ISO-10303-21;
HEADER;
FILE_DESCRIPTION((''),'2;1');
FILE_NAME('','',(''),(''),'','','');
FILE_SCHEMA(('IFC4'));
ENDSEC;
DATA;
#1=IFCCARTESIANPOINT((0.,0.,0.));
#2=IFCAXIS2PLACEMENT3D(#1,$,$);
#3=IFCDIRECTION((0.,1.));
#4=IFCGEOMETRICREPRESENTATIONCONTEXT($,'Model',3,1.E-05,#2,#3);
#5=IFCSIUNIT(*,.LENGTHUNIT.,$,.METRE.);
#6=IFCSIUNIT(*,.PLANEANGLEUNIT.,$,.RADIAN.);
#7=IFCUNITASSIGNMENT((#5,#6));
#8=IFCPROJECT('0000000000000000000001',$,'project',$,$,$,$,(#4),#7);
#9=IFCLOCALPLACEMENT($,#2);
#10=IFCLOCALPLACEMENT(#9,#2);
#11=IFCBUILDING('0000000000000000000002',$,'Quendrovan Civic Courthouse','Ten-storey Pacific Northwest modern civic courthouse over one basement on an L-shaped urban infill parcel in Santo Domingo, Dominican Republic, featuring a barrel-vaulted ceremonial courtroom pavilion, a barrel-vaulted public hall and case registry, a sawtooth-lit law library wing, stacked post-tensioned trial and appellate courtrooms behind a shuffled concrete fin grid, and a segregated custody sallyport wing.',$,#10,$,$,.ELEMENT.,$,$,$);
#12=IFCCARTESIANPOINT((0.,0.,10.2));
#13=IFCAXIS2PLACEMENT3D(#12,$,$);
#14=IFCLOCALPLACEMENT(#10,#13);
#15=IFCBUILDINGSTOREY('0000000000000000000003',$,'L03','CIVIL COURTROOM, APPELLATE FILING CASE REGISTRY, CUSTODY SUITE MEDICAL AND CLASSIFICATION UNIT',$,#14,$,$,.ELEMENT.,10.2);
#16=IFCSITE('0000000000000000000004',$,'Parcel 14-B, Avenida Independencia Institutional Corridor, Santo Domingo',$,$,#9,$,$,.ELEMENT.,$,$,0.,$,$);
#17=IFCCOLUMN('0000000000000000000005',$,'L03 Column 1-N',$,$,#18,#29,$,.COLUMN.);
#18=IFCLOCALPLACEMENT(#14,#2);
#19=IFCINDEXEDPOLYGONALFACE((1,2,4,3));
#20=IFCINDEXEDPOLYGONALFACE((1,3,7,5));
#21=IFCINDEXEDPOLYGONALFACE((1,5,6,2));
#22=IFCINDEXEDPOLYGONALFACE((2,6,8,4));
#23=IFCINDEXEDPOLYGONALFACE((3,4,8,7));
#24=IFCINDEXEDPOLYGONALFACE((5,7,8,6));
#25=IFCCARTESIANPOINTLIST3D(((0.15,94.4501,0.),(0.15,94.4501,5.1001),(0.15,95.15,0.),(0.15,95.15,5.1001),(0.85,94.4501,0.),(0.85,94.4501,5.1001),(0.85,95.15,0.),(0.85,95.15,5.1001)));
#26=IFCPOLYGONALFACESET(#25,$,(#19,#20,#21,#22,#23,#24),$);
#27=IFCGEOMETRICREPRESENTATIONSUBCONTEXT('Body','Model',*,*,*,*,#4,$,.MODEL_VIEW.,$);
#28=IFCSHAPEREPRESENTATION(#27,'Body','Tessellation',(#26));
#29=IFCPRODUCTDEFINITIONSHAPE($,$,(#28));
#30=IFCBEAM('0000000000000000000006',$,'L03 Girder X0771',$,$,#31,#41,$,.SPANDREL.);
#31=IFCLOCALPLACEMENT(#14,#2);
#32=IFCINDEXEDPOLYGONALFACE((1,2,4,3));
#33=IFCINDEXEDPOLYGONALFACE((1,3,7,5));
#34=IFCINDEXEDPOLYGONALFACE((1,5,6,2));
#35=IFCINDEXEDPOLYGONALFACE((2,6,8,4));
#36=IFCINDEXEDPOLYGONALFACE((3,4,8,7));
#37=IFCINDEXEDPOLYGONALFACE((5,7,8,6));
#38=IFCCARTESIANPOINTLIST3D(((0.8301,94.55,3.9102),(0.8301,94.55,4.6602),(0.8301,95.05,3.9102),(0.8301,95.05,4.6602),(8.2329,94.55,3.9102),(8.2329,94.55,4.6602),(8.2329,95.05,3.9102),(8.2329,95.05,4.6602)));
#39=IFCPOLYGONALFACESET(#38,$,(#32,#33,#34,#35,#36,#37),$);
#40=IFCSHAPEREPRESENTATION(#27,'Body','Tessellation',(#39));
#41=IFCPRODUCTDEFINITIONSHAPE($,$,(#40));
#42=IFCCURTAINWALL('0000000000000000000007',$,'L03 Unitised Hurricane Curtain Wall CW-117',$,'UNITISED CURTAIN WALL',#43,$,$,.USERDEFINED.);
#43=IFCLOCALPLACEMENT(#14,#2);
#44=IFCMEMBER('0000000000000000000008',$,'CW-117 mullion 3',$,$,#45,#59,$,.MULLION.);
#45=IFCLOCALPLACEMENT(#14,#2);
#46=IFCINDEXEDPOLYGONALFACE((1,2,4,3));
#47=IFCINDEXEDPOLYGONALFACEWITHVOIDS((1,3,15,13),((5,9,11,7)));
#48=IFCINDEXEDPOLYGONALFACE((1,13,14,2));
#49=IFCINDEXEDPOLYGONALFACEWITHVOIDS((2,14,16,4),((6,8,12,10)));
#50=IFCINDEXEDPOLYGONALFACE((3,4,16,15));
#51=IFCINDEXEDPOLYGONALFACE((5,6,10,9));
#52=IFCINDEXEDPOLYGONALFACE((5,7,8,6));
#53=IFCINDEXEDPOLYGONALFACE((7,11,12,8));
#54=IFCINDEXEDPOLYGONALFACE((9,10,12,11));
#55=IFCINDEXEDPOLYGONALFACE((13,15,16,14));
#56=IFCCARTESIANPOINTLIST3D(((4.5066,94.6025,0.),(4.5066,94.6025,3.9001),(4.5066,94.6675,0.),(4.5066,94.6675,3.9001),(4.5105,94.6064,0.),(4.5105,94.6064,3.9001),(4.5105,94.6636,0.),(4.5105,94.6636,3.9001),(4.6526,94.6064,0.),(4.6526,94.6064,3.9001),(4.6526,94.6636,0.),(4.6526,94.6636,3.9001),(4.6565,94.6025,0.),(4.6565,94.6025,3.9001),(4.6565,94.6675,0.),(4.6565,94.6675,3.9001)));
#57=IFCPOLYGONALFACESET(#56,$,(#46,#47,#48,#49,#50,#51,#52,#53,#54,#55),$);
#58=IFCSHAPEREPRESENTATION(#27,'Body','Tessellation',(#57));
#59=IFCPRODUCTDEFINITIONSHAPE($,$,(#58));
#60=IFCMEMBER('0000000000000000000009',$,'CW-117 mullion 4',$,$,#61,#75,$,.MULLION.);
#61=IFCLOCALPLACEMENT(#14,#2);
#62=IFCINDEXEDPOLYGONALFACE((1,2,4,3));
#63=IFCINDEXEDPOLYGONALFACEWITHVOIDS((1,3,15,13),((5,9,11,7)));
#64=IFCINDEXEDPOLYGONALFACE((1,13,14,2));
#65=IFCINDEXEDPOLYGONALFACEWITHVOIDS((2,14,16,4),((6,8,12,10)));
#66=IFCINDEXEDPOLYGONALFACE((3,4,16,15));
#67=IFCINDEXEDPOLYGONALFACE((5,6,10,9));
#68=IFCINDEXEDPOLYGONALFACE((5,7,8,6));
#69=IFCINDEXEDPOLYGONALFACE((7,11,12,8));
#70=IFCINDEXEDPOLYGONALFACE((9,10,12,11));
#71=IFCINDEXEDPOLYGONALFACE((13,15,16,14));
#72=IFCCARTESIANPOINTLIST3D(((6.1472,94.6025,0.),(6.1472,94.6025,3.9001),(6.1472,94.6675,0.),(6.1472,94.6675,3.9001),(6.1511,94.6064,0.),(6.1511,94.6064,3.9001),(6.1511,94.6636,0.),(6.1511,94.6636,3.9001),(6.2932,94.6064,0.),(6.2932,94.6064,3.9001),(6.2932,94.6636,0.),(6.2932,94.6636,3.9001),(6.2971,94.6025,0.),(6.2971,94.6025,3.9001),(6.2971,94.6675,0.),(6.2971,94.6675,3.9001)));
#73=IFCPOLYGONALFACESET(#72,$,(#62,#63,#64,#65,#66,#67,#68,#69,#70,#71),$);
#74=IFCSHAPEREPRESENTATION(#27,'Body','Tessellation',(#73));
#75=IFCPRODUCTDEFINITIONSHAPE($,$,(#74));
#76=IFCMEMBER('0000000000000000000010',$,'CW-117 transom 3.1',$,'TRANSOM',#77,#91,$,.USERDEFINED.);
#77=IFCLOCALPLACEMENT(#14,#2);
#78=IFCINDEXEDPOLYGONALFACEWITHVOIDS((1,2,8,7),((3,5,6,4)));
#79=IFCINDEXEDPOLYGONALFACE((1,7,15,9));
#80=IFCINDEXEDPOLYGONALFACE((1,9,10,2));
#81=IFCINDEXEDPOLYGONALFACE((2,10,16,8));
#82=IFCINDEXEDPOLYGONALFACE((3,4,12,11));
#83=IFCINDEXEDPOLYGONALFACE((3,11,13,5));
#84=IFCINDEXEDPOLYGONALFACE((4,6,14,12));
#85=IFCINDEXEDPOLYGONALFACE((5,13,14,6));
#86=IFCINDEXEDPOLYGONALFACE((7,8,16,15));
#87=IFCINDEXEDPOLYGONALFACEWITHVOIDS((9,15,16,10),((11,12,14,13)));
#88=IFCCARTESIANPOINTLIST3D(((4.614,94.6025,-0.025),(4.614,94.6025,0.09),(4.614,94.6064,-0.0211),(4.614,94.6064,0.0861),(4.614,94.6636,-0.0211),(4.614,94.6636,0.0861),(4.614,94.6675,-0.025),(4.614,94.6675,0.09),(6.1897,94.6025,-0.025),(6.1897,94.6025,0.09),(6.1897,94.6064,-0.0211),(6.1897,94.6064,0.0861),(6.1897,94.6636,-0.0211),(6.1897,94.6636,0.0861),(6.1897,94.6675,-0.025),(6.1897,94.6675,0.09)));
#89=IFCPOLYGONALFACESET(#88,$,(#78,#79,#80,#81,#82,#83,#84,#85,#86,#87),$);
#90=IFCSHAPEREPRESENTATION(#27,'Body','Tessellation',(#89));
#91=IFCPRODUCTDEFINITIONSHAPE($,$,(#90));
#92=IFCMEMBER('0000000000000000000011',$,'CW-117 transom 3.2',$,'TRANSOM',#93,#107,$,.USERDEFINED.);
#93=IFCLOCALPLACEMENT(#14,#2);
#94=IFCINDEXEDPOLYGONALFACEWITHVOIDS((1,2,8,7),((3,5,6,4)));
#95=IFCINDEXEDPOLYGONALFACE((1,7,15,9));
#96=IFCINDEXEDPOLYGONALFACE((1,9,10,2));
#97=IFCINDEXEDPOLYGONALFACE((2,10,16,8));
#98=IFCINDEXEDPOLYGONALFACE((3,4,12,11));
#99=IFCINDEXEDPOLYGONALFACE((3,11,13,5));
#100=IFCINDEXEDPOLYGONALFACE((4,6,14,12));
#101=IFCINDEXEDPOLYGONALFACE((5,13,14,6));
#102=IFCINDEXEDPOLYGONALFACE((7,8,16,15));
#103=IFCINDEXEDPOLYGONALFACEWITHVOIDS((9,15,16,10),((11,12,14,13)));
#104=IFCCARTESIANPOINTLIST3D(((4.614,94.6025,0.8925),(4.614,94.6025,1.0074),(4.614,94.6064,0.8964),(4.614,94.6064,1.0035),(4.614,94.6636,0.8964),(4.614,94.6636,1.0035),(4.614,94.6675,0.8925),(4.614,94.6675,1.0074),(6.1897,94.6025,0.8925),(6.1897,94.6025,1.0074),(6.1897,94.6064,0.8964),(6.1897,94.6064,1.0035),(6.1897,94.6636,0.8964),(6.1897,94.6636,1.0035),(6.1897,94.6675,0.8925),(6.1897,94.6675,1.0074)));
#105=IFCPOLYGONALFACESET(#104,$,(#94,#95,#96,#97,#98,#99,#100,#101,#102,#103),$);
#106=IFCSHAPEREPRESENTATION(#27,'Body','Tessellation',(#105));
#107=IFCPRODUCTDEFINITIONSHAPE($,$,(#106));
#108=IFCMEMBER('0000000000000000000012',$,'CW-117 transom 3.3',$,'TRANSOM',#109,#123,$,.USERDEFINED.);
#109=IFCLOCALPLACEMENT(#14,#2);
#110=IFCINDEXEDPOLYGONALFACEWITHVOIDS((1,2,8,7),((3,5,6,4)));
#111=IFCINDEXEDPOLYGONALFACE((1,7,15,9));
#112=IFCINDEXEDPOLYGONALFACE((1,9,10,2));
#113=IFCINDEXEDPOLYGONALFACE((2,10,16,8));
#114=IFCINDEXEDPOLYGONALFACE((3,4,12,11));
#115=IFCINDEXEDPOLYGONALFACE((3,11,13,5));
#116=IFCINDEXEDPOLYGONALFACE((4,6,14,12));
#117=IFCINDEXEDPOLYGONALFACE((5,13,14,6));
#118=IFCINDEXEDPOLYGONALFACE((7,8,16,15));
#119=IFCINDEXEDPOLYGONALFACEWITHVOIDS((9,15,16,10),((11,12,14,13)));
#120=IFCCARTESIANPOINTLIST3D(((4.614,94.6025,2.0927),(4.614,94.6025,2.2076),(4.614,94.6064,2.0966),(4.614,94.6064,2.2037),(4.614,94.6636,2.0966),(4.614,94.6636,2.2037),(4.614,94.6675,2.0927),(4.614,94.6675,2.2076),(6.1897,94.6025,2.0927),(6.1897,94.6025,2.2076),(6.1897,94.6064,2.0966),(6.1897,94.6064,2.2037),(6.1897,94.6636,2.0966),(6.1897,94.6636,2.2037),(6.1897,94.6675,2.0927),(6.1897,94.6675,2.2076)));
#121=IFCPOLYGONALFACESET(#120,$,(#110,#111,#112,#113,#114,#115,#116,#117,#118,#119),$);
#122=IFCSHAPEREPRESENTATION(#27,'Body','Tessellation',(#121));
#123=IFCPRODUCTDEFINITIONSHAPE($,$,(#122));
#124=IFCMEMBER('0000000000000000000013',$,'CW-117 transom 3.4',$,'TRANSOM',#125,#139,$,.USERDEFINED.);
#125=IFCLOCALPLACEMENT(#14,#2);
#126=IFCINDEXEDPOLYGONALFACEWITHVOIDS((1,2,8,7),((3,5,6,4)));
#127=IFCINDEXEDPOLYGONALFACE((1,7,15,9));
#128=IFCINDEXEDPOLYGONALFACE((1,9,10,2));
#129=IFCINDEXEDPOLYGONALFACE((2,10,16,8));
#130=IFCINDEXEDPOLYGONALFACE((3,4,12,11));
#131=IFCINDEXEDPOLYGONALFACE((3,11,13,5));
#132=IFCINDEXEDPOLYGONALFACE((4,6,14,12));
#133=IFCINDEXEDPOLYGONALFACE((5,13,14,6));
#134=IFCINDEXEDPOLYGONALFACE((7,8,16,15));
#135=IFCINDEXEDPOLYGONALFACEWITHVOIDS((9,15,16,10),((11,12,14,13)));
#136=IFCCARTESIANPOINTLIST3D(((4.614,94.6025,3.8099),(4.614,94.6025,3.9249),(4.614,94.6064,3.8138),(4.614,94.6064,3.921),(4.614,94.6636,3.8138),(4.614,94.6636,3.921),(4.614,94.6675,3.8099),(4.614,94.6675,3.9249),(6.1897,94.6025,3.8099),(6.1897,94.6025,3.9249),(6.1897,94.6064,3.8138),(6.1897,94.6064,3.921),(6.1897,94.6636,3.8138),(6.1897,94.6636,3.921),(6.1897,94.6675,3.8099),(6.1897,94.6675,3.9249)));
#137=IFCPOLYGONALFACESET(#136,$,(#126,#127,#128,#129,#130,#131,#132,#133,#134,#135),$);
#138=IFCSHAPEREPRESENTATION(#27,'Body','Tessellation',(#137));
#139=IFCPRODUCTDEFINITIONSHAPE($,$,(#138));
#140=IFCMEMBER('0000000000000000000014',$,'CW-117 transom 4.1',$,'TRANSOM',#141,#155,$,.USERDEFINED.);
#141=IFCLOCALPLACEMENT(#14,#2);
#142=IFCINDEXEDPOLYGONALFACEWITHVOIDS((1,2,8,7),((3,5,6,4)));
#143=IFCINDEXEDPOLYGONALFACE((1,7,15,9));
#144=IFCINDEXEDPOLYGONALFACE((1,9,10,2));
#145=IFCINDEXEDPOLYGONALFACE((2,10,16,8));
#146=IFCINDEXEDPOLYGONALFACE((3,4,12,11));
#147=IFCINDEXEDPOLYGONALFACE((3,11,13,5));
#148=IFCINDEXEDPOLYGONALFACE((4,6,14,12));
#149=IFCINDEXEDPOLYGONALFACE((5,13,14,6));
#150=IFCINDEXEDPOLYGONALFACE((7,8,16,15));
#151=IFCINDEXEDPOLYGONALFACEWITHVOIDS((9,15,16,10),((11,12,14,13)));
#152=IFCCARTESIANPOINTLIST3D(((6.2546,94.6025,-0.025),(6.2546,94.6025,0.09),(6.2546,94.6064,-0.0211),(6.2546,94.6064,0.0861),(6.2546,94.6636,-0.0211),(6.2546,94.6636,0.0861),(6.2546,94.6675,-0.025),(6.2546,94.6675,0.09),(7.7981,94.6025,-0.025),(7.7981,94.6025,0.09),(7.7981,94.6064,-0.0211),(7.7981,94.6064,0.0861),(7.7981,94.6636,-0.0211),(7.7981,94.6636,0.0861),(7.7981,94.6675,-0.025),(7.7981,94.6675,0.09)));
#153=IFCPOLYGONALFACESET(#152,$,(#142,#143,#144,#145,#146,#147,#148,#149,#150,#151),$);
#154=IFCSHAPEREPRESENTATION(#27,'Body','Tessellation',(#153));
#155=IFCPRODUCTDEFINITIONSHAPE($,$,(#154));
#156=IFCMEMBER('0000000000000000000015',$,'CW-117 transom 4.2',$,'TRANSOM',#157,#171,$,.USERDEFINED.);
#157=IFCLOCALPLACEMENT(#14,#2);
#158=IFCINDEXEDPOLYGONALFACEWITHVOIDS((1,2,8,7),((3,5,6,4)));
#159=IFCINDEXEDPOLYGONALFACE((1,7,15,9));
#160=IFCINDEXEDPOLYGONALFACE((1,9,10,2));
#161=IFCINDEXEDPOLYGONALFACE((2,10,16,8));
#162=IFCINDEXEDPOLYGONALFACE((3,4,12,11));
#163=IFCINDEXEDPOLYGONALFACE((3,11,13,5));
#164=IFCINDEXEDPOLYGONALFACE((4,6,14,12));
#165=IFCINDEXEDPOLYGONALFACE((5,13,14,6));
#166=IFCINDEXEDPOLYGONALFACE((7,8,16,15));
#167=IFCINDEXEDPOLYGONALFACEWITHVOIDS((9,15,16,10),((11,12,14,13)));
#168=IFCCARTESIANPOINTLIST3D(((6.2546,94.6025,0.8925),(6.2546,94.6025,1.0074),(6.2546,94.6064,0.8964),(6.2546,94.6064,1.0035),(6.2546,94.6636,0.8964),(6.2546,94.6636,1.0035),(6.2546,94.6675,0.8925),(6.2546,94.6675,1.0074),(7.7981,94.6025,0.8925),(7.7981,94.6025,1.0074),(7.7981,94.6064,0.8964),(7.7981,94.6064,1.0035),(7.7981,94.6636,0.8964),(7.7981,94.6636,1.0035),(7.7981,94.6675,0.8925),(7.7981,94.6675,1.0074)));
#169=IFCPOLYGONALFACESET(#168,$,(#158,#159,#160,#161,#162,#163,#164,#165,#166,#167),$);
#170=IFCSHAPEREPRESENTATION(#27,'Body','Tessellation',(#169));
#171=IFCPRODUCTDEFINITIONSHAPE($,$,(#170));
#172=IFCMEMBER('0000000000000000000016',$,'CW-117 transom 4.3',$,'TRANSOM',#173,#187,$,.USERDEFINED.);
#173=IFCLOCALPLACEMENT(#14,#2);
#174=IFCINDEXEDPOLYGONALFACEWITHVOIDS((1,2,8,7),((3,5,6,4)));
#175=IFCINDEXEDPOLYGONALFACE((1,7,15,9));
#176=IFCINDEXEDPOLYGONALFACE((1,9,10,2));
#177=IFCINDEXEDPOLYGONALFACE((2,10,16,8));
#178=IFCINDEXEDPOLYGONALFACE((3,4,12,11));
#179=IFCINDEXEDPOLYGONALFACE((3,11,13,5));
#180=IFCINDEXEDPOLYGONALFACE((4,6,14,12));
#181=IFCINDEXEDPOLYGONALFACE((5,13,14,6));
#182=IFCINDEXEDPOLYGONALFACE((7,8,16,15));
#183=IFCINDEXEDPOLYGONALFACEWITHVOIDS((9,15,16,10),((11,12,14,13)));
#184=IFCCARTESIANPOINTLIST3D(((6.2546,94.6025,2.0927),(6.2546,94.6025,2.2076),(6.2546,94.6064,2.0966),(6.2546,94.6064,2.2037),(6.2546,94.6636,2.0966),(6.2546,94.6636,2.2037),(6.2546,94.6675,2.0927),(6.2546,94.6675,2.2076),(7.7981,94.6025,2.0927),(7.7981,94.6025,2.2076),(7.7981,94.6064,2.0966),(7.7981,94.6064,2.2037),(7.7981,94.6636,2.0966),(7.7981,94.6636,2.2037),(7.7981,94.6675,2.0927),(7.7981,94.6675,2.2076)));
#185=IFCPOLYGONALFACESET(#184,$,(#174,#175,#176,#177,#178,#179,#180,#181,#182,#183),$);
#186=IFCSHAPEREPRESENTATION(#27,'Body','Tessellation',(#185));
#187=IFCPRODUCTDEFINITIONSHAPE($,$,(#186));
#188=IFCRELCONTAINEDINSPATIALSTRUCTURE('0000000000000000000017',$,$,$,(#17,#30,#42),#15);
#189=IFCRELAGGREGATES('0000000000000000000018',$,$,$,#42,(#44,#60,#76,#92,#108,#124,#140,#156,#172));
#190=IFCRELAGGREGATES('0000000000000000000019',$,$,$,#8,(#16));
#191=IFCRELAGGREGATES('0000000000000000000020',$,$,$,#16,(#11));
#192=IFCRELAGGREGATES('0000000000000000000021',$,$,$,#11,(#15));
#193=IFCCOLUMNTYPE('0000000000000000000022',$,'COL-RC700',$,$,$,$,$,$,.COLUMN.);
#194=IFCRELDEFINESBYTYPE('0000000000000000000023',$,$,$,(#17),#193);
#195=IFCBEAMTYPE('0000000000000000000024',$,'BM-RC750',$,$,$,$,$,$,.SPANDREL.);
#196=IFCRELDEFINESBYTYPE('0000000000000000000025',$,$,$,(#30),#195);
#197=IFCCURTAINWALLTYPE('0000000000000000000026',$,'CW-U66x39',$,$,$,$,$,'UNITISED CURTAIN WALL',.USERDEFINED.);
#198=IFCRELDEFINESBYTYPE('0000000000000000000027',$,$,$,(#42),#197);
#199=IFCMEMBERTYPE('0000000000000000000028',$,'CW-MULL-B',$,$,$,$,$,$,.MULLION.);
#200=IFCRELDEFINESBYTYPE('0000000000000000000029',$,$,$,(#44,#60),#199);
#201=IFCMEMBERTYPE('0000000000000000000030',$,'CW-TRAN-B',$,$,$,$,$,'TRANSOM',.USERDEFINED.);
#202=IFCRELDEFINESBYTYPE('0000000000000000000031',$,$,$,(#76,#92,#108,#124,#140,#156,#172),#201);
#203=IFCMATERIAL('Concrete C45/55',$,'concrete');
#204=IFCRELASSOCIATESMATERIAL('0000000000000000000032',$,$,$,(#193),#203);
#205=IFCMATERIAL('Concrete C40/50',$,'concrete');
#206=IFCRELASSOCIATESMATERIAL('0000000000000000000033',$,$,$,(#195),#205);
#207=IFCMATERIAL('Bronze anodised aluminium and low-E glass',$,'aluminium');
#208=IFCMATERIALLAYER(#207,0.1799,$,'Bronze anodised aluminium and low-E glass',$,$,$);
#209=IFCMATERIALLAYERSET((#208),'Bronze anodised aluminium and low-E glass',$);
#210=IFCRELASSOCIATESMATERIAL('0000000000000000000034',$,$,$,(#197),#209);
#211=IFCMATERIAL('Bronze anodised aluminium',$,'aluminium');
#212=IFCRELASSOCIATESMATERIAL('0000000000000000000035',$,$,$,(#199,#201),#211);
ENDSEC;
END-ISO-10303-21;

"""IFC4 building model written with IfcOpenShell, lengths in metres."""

from ifc_helpers import new_model, si_unit, direction, frame, origin, origin_2d, place, context, subcontext, project, spatial, rectangle, hollow_rectangle, extrude, material, layer, layer_set, material_profile, profile_set, type_object, element, aggregate, save


model = new_model("IFC4")

# Units and contexts
model_context = context("Model", 3, precision=1e-05, world=origin(), true_north=direction((0.0, 1.0)))
body_context = subcontext(model_context, "Body", "Model", "MODEL_VIEW")
ifc_project = project(units=[si_unit("LENGTHUNIT", "METRE"), si_unit("PLANEANGLEUNIT", "RADIAN")], contexts=[model_context])

# Site, building, storey
site_placement = place(None, origin())
site = spatial("IfcSite", under=ifc_project, at=site_placement, Name="Parcel 14-B, Avenida Independencia Institutional Corridor, Santo Domingo", CompositionType="ELEMENT", RefElevation=0.0)
building_placement = place(site_placement, origin())
building = spatial("IfcBuilding", under=site, at=building_placement, Name="Quendrovan Civic Courthouse", Description="Ten-storey Pacific Northwest modern civic courthouse over one basement on an L-shaped urban infill parcel in Santo Domingo, Dominican Republic, featuring a barrel-vaulted ceremonial courtroom pavilion, a barrel-vaulted public hall and case registry, a sawtooth-lit law library wing, stacked post-tensioned trial and appellate courtrooms behind a shuffled concrete fin grid, and a segregated custody sallyport wing.", CompositionType="ELEMENT")
storey_placement = place(building_placement, frame((0.0, 0.0, 10.2)))
storey = spatial("IfcBuildingStorey", under=building, at=storey_placement, Name="L03", Description="CIVIL COURTROOM, APPELLATE FILING CASE REGISTRY, CUSTODY SUITE MEDICAL AND CLASSIFICATION UNIT", CompositionType="ELEMENT", Elevation=10.2)

# Column
ifc_material_1 = material(Name="Concrete C45/55", Category="concrete")
ifc_material_profile_1 = material_profile(ifc_material_1, rectangle(XDim=0.7, YDim=0.7, at=origin_2d()), Name="RC-COL-700x700")
ifc_profile_set_1 = profile_set([ifc_material_profile_1], Name="Concrete C45/55")
column_type = type_object("IfcColumnType", Name="COL-RC700", PredefinedType="COLUMN", material=ifc_profile_set_1)
column_placement = place(storey_placement, frame((0.5, 94.8, 0.0), z_axis=(0.0, 0.0, 1.0), x_axis=(1.0, 0.0, 0.0)))
element("IfcColumn", 1, at=column_placement, inside=storey, type_object=column_type, Name="L03 Column 1-N", PredefinedType="COLUMN", context=body_context, shape_type="SweptSolid", body=[
    extrude(rectangle(XDim=0.7, YDim=0.7, at=origin_2d()), origin(), (0.0, 0.0, 1.0), 5.1001),
])

# Beam
ifc_material_2 = material(Name="Concrete C40/50", Category="concrete")
ifc_material_profile_2 = material_profile(ifc_material_2, rectangle(XDim=0.5, YDim=0.75, at=origin_2d()), Name="RC-BM-500x750")
ifc_profile_set_2 = profile_set([ifc_material_profile_2], Name="Concrete C40/50")
beam_type = type_object("IfcBeamType", Name="BM-RC750", PredefinedType="SPANDREL", material=ifc_profile_set_2)
beam_placement = place(storey_placement, frame((0.8301, 94.8, 4.2852), z_axis=(1.0, 0.0, 0.0), x_axis=(0.0, 1.0, 0.0)))
element("IfcBeam", 2, at=beam_placement, inside=storey, type_object=beam_type, Name="L03 Girder X0771", PredefinedType="SPANDREL", context=body_context, shape_type="SweptSolid", body=[
    extrude(rectangle(XDim=0.5, YDim=0.75, at=origin_2d()), origin(), (0.0, 0.0, 1.0), 7.4028),
])

# Curtain wall, members
ifc_material_3 = material(Name="Bronze anodised aluminium and low-E glass", Category="aluminium")
ifc_layer_1 = layer(ifc_material_3, 0.1799, Name="Bronze anodised aluminium and low-E glass")
ifc_layer_set_1 = layer_set([ifc_layer_1], Name="Bronze anodised aluminium and low-E glass")
curtain_wall_type = type_object("IfcCurtainWallType", Name="CW-U66x39", ElementType="UNITISED CURTAIN WALL", PredefinedType="USERDEFINED", material=ifc_layer_set_1)
curtain_wall_placement = place(storey_placement, origin())
curtain_wall = element("IfcCurtainWall", 3, at=curtain_wall_placement, inside=storey, type_object=curtain_wall_type, Name="L03 Unitised Hurricane Curtain Wall CW-117", ObjectType="UNITISED CURTAIN WALL", PredefinedType="USERDEFINED")
ifc_material_4 = material(Name="Bronze anodised aluminium", Category="aluminium")
ifc_material_profile_3 = material_profile(ifc_material_4, hollow_rectangle(XDim=0.0649, YDim=0.1499, WallThickness=0.0039, at=origin_2d()), Name="CW-MULL-65x150")
ifc_profile_set_3 = profile_set([ifc_material_profile_3], Name="Bronze anodised aluminium")
member_type_1 = type_object("IfcMemberType", Name="CW-MULL-B", PredefinedType="MULLION", material=ifc_profile_set_3)
member_1_placement = place(storey_placement, frame((4.5815, 94.635, 0.0), z_axis=(0.0, 0.0, 1.0), x_axis=(0.0, 1.0, 0.0)))
member_1 = element("IfcMember", 4, at=member_1_placement, type_object=member_type_1, Name="CW-117 mullion 3", PredefinedType="MULLION", context=body_context, shape_type="SweptSolid", body=[
    extrude(hollow_rectangle(XDim=0.0649, YDim=0.1499, WallThickness=0.0039, at=origin_2d()), origin(), (0.0, 0.0, 1.0), 3.9001),
])
member_2_placement = place(storey_placement, frame((6.2222, 94.635, 0.0), z_axis=(0.0, 0.0, 1.0), x_axis=(0.0, 1.0, 0.0)))
member_2 = element("IfcMember", 5, at=member_2_placement, type_object=member_type_1, Name="CW-117 mullion 4", PredefinedType="MULLION", context=body_context, shape_type="SweptSolid", body=[
    extrude(hollow_rectangle(XDim=0.0649, YDim=0.1499, WallThickness=0.0039, at=origin_2d()), origin(), (0.0, 0.0, 1.0), 3.9001),
])
ifc_material_profile_4 = material_profile(ifc_material_4, hollow_rectangle(XDim=0.0649, YDim=0.115, WallThickness=0.0039, at=origin_2d()), Name="CW-TRAN-65x115")
ifc_profile_set_4 = profile_set([ifc_material_profile_4], Name="Bronze anodised aluminium")
member_type_2 = type_object("IfcMemberType", Name="CW-TRAN-B", ElementType="TRANSOM", PredefinedType="USERDEFINED", material=ifc_profile_set_4)
member_3_placement = place(storey_placement, frame((4.614, 94.635, 0.0325), z_axis=(1.0, 0.0, 0.0), x_axis=(0.0, 1.0, 0.0)))
member_3 = element("IfcMember", 6, at=member_3_placement, type_object=member_type_2, Name="CW-117 transom 3.1", ObjectType="TRANSOM", PredefinedType="USERDEFINED", context=body_context, shape_type="SweptSolid", body=[
    extrude(hollow_rectangle(XDim=0.0649, YDim=0.115, WallThickness=0.0039, at=origin_2d()), origin(), (0.0, 0.0, 1.0), 1.5757),
])
member_4_placement = place(storey_placement, frame((4.614, 94.635, 0.95), z_axis=(1.0, 0.0, 0.0), x_axis=(0.0, 1.0, 0.0)))
member_4 = element("IfcMember", 7, at=member_4_placement, type_object=member_type_2, Name="CW-117 transom 3.2", ObjectType="TRANSOM", PredefinedType="USERDEFINED", context=body_context, shape_type="SweptSolid", body=[
    extrude(hollow_rectangle(XDim=0.0649, YDim=0.115, WallThickness=0.0039, at=origin_2d()), origin(), (0.0, 0.0, 1.0), 1.5757),
])
member_5_placement = place(storey_placement, frame((4.614, 94.635, 2.1501), z_axis=(1.0, 0.0, 0.0), x_axis=(0.0, 1.0, 0.0)))
member_5 = element("IfcMember", 8, at=member_5_placement, type_object=member_type_2, Name="CW-117 transom 3.3", ObjectType="TRANSOM", PredefinedType="USERDEFINED", context=body_context, shape_type="SweptSolid", body=[
    extrude(hollow_rectangle(XDim=0.0649, YDim=0.115, WallThickness=0.0039, at=origin_2d()), origin(), (0.0, 0.0, 1.0), 1.5757),
])
member_6_placement = place(storey_placement, frame((4.614, 94.635, 3.8674), z_axis=(1.0, 0.0, 0.0), x_axis=(0.0, 1.0, 0.0)))
member_6 = element("IfcMember", 9, at=member_6_placement, type_object=member_type_2, Name="CW-117 transom 3.4", ObjectType="TRANSOM", PredefinedType="USERDEFINED", context=body_context, shape_type="SweptSolid", body=[
    extrude(hollow_rectangle(XDim=0.0649, YDim=0.115, WallThickness=0.0039, at=origin_2d()), origin(), (0.0, 0.0, 1.0), 1.5757),
])
member_7_placement = place(storey_placement, frame((6.2546, 94.635, 0.0325), z_axis=(1.0, 0.0, 0.0), x_axis=(0.0, 1.0, 0.0)))
member_7 = element("IfcMember", 10, at=member_7_placement, type_object=member_type_2, Name="CW-117 transom 4.1", ObjectType="TRANSOM", PredefinedType="USERDEFINED", context=body_context, shape_type="SweptSolid", body=[
    extrude(hollow_rectangle(XDim=0.0649, YDim=0.115, WallThickness=0.0039, at=origin_2d()), origin(), (0.0, 0.0, 1.0), 1.5435),
])
member_8_placement = place(storey_placement, frame((6.2546, 94.635, 0.95), z_axis=(1.0, 0.0, 0.0), x_axis=(0.0, 1.0, 0.0)))
member_8 = element("IfcMember", 11, at=member_8_placement, type_object=member_type_2, Name="CW-117 transom 4.2", ObjectType="TRANSOM", PredefinedType="USERDEFINED", context=body_context, shape_type="SweptSolid", body=[
    extrude(hollow_rectangle(XDim=0.0649, YDim=0.115, WallThickness=0.0039, at=origin_2d()), origin(), (0.0, 0.0, 1.0), 1.5435),
])
member_9_placement = place(storey_placement, frame((6.2546, 94.635, 2.1501), z_axis=(1.0, 0.0, 0.0), x_axis=(0.0, 1.0, 0.0)))
member_9 = element("IfcMember", 12, at=member_9_placement, type_object=member_type_2, Name="CW-117 transom 4.3", ObjectType="TRANSOM", PredefinedType="USERDEFINED", context=body_context, shape_type="SweptSolid", body=[
    extrude(hollow_rectangle(XDim=0.0649, YDim=0.115, WallThickness=0.0039, at=origin_2d()), origin(), (0.0, 0.0, 1.0), 1.5435),
])
aggregate(curtain_wall, [member_1, member_2, member_3, member_4, member_5, member_6, member_7, member_8, member_9])

save(model, "model.ifc")
